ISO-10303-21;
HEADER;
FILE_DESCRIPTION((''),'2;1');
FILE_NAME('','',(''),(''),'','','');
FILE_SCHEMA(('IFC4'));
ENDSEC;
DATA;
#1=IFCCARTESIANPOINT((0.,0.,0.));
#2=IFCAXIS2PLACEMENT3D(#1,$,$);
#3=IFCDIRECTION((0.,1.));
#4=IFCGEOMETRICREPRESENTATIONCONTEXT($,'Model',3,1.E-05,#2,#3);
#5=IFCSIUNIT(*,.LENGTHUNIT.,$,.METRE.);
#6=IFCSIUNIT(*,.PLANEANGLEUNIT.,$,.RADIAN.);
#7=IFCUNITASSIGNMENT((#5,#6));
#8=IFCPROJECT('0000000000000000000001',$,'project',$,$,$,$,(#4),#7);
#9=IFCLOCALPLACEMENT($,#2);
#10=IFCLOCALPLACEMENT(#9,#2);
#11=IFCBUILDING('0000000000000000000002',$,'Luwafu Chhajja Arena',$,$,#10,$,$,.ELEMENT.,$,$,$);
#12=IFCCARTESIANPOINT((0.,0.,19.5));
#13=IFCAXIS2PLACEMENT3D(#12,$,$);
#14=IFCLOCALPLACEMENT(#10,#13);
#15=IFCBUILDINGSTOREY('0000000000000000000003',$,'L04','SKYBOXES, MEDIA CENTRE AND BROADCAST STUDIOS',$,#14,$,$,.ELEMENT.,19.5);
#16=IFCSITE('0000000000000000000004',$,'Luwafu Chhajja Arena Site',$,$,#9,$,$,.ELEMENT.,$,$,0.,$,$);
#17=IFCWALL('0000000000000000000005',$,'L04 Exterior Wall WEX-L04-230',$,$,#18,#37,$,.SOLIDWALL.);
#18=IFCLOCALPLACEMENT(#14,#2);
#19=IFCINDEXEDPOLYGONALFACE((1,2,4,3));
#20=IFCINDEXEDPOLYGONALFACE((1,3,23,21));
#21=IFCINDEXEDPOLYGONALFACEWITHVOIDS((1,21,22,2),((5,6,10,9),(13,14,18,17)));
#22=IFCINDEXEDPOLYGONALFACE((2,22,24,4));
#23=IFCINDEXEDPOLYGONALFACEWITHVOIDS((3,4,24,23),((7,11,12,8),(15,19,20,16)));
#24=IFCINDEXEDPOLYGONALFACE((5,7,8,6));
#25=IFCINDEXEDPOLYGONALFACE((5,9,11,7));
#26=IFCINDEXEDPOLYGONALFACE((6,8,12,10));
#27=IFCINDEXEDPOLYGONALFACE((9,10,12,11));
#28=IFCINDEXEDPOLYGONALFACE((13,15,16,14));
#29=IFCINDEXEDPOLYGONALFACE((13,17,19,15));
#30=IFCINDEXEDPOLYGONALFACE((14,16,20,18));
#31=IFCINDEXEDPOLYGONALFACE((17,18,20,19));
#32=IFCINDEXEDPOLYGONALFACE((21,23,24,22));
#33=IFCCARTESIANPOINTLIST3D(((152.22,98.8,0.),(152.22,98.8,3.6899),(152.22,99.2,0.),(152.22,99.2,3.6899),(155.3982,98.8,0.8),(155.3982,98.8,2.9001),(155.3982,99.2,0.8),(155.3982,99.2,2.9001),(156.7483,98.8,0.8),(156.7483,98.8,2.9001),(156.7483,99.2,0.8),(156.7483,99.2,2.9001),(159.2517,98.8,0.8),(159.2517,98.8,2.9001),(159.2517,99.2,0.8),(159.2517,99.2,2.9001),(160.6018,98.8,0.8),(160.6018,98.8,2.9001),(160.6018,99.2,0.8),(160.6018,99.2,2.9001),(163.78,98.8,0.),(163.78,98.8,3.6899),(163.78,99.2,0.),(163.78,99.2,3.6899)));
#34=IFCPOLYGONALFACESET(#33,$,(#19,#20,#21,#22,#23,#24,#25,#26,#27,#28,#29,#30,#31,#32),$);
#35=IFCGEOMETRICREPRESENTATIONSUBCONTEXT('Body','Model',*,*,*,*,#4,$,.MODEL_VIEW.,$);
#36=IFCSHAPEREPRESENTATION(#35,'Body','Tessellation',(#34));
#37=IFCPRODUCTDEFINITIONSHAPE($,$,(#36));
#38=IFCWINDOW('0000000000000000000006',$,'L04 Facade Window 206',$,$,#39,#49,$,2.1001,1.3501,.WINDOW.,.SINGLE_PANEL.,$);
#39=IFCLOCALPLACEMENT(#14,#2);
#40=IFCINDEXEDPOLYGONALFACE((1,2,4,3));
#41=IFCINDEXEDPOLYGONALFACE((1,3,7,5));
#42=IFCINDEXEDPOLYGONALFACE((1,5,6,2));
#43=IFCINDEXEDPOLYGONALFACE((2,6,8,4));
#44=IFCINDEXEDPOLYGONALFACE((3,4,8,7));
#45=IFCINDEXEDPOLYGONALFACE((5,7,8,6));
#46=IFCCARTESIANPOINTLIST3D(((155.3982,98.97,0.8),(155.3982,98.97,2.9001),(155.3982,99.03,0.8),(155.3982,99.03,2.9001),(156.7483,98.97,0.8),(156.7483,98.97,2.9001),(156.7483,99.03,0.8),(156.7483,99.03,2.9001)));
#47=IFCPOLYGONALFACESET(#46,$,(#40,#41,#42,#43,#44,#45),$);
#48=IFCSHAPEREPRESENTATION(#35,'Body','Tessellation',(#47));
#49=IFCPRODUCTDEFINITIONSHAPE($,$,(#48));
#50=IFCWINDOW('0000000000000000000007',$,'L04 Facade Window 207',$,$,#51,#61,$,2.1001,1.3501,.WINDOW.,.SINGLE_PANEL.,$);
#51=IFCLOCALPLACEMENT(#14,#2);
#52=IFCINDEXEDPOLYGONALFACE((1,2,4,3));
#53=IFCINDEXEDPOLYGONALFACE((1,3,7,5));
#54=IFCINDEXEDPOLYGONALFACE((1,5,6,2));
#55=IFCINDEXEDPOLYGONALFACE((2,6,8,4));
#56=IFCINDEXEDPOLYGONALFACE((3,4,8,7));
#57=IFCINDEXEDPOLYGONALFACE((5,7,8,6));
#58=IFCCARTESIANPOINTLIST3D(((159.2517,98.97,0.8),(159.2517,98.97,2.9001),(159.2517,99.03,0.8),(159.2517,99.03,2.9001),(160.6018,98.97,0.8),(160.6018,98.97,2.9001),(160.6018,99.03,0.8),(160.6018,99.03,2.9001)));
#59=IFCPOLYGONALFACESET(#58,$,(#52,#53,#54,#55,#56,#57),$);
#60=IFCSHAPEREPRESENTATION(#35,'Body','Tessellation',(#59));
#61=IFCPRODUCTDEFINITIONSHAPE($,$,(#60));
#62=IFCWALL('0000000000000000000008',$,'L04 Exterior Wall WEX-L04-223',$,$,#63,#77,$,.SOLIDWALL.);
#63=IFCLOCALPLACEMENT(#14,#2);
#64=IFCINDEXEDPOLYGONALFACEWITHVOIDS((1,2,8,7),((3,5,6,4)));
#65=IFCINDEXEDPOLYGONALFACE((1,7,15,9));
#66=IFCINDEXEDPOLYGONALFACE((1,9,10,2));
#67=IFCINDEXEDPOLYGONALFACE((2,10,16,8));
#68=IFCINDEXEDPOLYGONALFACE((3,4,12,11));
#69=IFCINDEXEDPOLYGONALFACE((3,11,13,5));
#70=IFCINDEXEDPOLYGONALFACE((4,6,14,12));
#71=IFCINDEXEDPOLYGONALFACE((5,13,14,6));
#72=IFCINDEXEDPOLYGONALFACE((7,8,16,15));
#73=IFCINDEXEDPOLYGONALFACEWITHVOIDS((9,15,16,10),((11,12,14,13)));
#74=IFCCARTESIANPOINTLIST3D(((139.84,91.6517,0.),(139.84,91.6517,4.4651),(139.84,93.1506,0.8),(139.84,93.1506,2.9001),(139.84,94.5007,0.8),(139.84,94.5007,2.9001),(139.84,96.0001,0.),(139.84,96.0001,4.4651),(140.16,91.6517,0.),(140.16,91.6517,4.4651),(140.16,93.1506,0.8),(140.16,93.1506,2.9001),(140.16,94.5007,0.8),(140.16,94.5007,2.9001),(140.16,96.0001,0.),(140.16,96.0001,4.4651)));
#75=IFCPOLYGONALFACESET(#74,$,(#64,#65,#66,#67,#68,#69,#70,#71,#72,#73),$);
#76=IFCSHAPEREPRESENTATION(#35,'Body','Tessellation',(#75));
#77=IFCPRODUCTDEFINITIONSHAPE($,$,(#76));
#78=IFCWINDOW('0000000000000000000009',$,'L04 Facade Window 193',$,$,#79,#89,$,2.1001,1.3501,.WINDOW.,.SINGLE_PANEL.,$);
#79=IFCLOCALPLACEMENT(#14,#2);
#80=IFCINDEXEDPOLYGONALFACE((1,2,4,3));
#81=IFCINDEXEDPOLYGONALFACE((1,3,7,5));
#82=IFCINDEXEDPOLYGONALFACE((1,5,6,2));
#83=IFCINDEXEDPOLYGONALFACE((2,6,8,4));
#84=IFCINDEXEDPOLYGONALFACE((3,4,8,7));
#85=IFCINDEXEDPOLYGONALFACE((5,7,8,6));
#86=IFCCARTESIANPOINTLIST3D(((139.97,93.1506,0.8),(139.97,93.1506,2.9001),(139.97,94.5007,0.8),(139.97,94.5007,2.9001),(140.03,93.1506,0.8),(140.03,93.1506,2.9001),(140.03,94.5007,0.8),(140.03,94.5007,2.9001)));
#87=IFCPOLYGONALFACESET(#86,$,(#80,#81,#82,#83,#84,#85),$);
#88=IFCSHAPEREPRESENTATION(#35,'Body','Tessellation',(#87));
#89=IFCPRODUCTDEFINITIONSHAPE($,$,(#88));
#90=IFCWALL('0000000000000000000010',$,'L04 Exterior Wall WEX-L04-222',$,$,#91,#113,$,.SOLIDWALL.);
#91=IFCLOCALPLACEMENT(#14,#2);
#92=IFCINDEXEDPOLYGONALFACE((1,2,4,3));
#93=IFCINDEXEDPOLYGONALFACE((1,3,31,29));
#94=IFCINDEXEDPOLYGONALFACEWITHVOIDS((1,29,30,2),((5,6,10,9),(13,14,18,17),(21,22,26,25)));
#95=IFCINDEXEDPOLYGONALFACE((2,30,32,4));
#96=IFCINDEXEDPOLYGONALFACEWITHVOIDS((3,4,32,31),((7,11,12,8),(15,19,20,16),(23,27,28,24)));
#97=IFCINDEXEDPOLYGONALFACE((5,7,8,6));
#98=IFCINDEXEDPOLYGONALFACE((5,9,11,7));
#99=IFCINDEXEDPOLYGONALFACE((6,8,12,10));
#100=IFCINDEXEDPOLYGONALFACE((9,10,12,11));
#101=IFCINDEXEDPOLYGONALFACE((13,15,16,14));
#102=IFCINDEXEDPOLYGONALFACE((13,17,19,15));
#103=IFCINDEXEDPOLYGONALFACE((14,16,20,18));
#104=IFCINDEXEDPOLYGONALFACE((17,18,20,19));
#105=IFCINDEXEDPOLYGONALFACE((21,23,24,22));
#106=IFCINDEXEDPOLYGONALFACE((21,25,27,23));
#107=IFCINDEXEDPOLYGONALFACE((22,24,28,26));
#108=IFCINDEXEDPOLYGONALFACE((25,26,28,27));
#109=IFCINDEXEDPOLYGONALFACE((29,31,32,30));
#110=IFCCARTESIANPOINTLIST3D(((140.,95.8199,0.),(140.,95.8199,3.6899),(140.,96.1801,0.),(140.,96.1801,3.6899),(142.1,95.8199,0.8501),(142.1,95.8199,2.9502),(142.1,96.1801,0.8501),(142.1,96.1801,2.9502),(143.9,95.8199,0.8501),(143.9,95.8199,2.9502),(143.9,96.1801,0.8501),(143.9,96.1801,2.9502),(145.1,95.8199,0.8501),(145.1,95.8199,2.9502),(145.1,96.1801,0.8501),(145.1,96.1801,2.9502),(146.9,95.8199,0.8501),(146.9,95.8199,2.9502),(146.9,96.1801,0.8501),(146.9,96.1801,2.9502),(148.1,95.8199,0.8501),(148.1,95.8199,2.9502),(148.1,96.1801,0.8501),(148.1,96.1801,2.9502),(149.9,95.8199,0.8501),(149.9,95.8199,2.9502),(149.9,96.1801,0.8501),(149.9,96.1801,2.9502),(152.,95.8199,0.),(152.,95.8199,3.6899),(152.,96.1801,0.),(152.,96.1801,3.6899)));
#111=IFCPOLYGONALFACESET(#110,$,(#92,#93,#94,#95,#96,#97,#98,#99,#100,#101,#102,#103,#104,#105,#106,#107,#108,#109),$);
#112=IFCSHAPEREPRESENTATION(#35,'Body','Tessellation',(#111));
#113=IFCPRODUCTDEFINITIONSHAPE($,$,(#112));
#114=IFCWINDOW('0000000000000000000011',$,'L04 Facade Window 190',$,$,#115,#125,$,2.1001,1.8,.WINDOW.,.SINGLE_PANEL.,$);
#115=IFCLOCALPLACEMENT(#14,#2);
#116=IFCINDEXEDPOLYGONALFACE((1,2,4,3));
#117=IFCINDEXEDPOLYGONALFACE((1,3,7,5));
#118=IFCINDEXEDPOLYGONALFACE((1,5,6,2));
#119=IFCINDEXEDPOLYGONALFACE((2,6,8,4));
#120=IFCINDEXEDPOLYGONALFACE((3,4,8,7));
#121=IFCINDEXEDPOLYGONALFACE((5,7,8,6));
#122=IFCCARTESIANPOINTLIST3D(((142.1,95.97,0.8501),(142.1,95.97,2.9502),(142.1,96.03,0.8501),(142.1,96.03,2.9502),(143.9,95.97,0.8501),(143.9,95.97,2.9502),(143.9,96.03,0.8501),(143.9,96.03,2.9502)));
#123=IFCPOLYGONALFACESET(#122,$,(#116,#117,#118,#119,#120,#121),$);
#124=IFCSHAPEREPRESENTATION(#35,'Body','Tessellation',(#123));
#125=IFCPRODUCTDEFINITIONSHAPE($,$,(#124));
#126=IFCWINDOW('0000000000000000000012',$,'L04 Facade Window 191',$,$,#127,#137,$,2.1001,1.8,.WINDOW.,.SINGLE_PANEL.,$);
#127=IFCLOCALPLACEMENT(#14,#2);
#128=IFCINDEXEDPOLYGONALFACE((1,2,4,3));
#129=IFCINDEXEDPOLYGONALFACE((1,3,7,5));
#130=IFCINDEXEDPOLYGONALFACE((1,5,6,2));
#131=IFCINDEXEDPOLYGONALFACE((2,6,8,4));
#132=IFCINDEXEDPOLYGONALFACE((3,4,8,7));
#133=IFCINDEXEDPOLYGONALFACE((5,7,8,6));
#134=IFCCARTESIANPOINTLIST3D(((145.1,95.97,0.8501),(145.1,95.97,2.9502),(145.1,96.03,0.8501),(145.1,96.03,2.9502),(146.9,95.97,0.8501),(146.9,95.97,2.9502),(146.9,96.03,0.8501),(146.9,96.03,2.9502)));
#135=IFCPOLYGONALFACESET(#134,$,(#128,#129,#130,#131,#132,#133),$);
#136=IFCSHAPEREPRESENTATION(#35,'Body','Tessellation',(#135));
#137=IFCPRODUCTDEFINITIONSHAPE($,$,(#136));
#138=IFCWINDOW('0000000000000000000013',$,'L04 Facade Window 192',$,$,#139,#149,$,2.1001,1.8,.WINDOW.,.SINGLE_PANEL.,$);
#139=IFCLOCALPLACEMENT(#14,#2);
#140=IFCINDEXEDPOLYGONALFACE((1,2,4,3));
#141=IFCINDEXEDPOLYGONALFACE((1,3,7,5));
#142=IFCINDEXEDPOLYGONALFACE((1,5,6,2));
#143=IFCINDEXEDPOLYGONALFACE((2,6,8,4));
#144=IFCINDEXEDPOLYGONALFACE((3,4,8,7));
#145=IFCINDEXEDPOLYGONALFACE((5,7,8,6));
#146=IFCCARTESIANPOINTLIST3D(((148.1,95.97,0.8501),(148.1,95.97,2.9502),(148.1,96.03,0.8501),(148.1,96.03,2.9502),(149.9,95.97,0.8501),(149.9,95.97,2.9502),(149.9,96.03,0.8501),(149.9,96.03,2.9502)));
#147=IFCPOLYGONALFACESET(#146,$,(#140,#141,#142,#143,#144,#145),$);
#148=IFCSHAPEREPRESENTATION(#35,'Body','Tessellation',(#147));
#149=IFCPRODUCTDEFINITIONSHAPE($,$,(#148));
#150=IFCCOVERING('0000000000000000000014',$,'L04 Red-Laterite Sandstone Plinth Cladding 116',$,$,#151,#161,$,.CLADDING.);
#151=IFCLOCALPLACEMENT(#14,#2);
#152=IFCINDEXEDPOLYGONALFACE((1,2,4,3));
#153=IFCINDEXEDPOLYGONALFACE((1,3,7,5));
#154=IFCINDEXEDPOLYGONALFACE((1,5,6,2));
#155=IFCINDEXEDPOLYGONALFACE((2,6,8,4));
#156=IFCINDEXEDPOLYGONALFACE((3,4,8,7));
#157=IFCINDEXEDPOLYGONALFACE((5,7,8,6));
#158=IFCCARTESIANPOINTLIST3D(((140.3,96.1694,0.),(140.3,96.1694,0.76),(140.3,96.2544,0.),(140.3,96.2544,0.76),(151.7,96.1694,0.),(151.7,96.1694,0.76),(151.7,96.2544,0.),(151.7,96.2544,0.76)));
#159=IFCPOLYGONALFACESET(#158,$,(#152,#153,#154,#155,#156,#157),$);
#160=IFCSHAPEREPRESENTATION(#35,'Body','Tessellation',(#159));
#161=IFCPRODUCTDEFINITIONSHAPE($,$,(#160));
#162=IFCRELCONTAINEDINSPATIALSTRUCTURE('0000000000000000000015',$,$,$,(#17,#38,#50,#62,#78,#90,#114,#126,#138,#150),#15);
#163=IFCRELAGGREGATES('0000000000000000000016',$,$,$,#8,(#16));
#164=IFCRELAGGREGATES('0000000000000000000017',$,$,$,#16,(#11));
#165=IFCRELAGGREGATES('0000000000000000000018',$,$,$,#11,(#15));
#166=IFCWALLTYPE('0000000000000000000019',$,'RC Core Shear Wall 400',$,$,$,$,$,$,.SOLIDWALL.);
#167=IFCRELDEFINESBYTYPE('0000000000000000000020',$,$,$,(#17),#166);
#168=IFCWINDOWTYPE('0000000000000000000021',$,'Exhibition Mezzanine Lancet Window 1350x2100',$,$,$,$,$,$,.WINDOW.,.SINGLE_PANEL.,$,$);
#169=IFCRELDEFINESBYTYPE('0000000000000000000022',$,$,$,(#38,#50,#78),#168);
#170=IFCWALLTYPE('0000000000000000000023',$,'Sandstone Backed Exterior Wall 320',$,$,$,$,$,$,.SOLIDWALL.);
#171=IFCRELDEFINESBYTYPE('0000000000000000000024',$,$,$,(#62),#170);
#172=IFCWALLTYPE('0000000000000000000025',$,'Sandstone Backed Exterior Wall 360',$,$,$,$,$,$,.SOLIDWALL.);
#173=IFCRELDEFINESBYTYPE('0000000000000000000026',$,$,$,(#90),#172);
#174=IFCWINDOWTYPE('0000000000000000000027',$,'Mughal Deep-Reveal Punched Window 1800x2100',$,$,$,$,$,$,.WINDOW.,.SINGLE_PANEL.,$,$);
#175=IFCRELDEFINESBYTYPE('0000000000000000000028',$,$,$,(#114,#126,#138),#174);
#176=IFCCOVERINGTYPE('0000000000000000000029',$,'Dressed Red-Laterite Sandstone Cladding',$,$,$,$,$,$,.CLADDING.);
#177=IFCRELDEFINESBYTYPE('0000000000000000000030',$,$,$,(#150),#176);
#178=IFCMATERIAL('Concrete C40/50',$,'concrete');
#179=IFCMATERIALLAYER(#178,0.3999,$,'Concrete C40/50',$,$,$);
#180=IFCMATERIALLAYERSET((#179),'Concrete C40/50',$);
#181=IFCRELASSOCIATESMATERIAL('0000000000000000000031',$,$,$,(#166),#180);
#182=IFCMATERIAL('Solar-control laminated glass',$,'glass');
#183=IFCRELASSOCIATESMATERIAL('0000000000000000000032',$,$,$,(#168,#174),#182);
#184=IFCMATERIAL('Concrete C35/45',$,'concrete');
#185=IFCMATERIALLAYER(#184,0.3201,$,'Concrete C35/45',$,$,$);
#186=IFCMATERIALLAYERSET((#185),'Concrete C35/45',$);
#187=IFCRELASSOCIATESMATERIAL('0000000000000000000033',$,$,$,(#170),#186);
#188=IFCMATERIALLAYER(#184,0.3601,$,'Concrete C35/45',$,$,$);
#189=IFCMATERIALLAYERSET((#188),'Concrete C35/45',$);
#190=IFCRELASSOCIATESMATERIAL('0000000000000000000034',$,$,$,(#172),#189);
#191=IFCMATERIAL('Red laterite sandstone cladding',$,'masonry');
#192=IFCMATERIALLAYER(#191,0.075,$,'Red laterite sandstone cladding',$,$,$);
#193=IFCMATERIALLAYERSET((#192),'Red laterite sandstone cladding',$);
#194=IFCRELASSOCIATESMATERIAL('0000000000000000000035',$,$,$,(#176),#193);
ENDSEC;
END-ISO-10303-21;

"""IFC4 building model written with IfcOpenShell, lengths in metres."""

from ifc_helpers import new_model, si_unit, direction, frame, frame_2d, origin, origin_2d, place, context, subcontext, project, spatial, rectangle, extrude, material, layer, layer_set, type_object, element, fill, save


model = new_model("IFC4")

# Units and contexts
model_context = context("Model", 3, precision=1e-05, world=origin(), true_north=direction((0.0, 1.0)))
body_context = subcontext(model_context, "Body", "Model", "MODEL_VIEW")
ifc_project = project(units=[si_unit("LENGTHUNIT", "METRE"), si_unit("PLANEANGLEUNIT", "RADIAN")], contexts=[model_context])

# Site, building, storey
site_placement = place(None, origin())
site = spatial("IfcSite", under=ifc_project, at=site_placement, Name="Luwafu Chhajja Arena Site", CompositionType="ELEMENT", RefElevation=0.0)
building_placement = place(site_placement, origin())
building = spatial("IfcBuilding", under=site, at=building_placement, Name="Luwafu Chhajja Arena", CompositionType="ELEMENT")
storey_placement = place(building_placement, frame((0.0, 0.0, 19.5)))
storey = spatial("IfcBuildingStorey", under=building, at=storey_placement, Name="L04", Description="SKYBOXES, MEDIA CENTRE AND BROADCAST STUDIOS", CompositionType="ELEMENT", Elevation=19.5)

# Shared definitions
ifc_material_1 = material(Name="Concrete C35/45", Category="concrete")

# Shared definitions
ifc_material_2 = material(Name="Concrete C40/50", Category="concrete")

# Wall, openings, windows
ifc_layer_1 = layer(ifc_material_2, 0.3999, Name="Concrete C40/50")
ifc_layer_set_1 = layer_set([ifc_layer_1], Name="Concrete C40/50")
wall_type_1 = type_object("IfcWallType", Name="RC Core Shear Wall 400", PredefinedType="SOLIDWALL", material=ifc_layer_set_1)
wall_1_placement = place(storey_placement, frame((152.22, 99.0, 0.0), z_axis=(0.0, 0.0, 1.0), x_axis=(1.0, 0.0, 0.0)))
wall_1 = element("IfcWall", 1, at=wall_1_placement, inside=storey, type_object=wall_type_1, Name="L04 Exterior Wall WEX-L04-230", PredefinedType="SOLIDWALL", context=body_context, shape_type="SweptSolid", body=[
    extrude(rectangle(XDim=11.5601, YDim=0.3999, at=frame_2d((5.78, 0.0))), origin(), (0.0, 0.0, 1.0), 3.6899),
])
opening_1_placement = place(wall_1_placement, frame((3.1782, 0.0, 0.8)))
opening_1 = element("IfcOpeningElement", 2, at=opening_1_placement, cuts=wall_1, PredefinedType="OPENING", context=body_context, shape_type="SweptSolid", body=[
    extrude(rectangle(XDim=1.3501, YDim=2.1001, at=frame_2d((0.675, 1.05))), frame((0.0, 0.21, 0.0), z_axis=(0.0, -1.0, 0.0), x_axis=(1.0, 0.0, 0.0)), (0.0, 0.0, 1.0), 0.4199),
])
opening_2_placement = place(wall_1_placement, frame((7.0317, 0.0, 0.8)))
opening_2 = element("IfcOpeningElement", 3, at=opening_2_placement, cuts=wall_1, PredefinedType="OPENING", context=body_context, shape_type="SweptSolid", body=[
    extrude(rectangle(XDim=1.3501, YDim=2.1001, at=frame_2d((0.675, 1.05))), frame((0.0, 0.21, 0.0), z_axis=(0.0, -1.0, 0.0), x_axis=(1.0, 0.0, 0.0)), (0.0, 0.0, 1.0), 0.4199),
])
ifc_material_3 = material(Name="Solar-control laminated glass", Category="glass")
window_type_1 = type_object("IfcWindowType", Name="Exhibition Mezzanine Lancet Window 1350x2100", PartitioningType="SINGLE_PANEL", PredefinedType="WINDOW", material=ifc_material_3)
window_1_placement = place(opening_1_placement, origin())
window_1 = element("IfcWindow", 4, at=window_1_placement, inside=storey, type_object=window_type_1, Name="L04 Facade Window 206", OverallHeight=2.1001, OverallWidth=1.3501, PartitioningType="SINGLE_PANEL", PredefinedType="WINDOW", context=body_context, shape_type="SweptSolid", body=[
    extrude(rectangle(XDim=1.3501, YDim=2.1001, at=frame_2d((0.675, 1.05))), frame((0.0, 0.03, 0.0), z_axis=(0.0, -1.0, 0.0), x_axis=(1.0, 0.0, 0.0)), (0.0, 0.0, 1.0), 0.0601),
])
fill(opening_1, window_1)
window_2_placement = place(opening_2_placement, origin())
window_2 = element("IfcWindow", 5, at=window_2_placement, inside=storey, type_object=window_type_1, Name="L04 Facade Window 207", OverallHeight=2.1001, OverallWidth=1.3501, PartitioningType="SINGLE_PANEL", PredefinedType="WINDOW", context=body_context, shape_type="SweptSolid", body=[
    extrude(rectangle(XDim=1.3501, YDim=2.1001, at=frame_2d((0.675, 1.05))), frame((0.0, 0.03, 0.0), z_axis=(0.0, -1.0, 0.0), x_axis=(1.0, 0.0, 0.0)), (0.0, 0.0, 1.0), 0.0601),
])
fill(opening_2, window_2)

# Wall, opening, window
ifc_layer_2 = layer(ifc_material_1, 0.3201, Name="Concrete C35/45")
ifc_layer_set_2 = layer_set([ifc_layer_2], Name="Concrete C35/45")
wall_type_2 = type_object("IfcWallType", Name="Sandstone Backed Exterior Wall 320", PredefinedType="SOLIDWALL", material=ifc_layer_set_2)
wall_2_placement = place(storey_placement, frame((140.0, 91.6516, 0.0), z_axis=(0.0, 0.0, 1.0), x_axis=(0.0, 1.0, 0.0)))
wall_2 = element("IfcWall", 6, at=wall_2_placement, inside=storey, type_object=wall_type_2, Name="L04 Exterior Wall WEX-L04-223", PredefinedType="SOLIDWALL", context=body_context, shape_type="SweptSolid", body=[
    extrude(rectangle(XDim=4.3484, YDim=0.3201, at=frame_2d((2.1743, 0.0))), origin(), (0.0, 0.0, 1.0), 4.4651),
])
opening_3_placement = place(wall_2_placement, frame((1.499, 0.0, 0.8)))
opening_3 = element("IfcOpeningElement", 7, at=opening_3_placement, cuts=wall_2, PredefinedType="OPENING", context=body_context, shape_type="SweptSolid", body=[
    extrude(rectangle(XDim=1.3501, YDim=2.1001, at=frame_2d((0.675, 1.05))), frame((0.0, 0.1699, 0.0), z_axis=(0.0, -1.0, 0.0), x_axis=(1.0, 0.0, 0.0)), (0.0, 0.0, 1.0), 0.3401),
])
window_3_placement = place(opening_3_placement, origin())
window_3 = element("IfcWindow", 8, at=window_3_placement, inside=storey, type_object=window_type_1, Name="L04 Facade Window 193", OverallHeight=2.1001, OverallWidth=1.3501, PartitioningType="SINGLE_PANEL", PredefinedType="WINDOW", context=body_context, shape_type="SweptSolid", body=[
    extrude(rectangle(XDim=1.3501, YDim=2.1001, at=frame_2d((0.675, 1.05))), frame((0.0, 0.03, 0.0), z_axis=(0.0, -1.0, 0.0), x_axis=(1.0, 0.0, 0.0)), (0.0, 0.0, 1.0), 0.0601),
])
fill(opening_3, window_3)

# Wall, openings, windows
ifc_layer_3 = layer(ifc_material_1, 0.3601, Name="Concrete C35/45")
ifc_layer_set_3 = layer_set([ifc_layer_3], Name="Concrete C35/45")
wall_type_3 = type_object("IfcWallType", Name="Sandstone Backed Exterior Wall 360", PredefinedType="SOLIDWALL", material=ifc_layer_set_3)
wall_3_placement = place(storey_placement, frame((140.0, 96.0, 0.0), z_axis=(0.0, 0.0, 1.0), x_axis=(1.0, 0.0, 0.0)))
wall_3 = element("IfcWall", 9, at=wall_3_placement, inside=storey, type_object=wall_type_3, Name="L04 Exterior Wall WEX-L04-222", PredefinedType="SOLIDWALL", context=body_context, shape_type="SweptSolid", body=[
    extrude(rectangle(XDim=12.0, YDim=0.3601, at=frame_2d((6.0, 0.0))), origin(), (0.0, 0.0, 1.0), 3.6899),
])
opening_4_placement = place(wall_3_placement, frame((2.1001, 0.0, 0.8501)))
opening_4 = element("IfcOpeningElement", 10, at=opening_4_placement, cuts=wall_3, PredefinedType="OPENING", context=body_context, shape_type="SweptSolid", body=[
    extrude(rectangle(XDim=1.8, YDim=2.1001, at=frame_2d((0.8999, 1.05))), frame((0.0, 0.1899, 0.0), z_axis=(0.0, -1.0, 0.0), x_axis=(1.0, 0.0, 0.0)), (0.0, 0.0, 1.0), 0.3801),
])
opening_5_placement = place(wall_3_placement, frame((5.1001, 0.0, 0.8501)))
opening_5 = element("IfcOpeningElement", 11, at=opening_5_placement, cuts=wall_3, PredefinedType="OPENING", context=body_context, shape_type="SweptSolid", body=[
    extrude(rectangle(XDim=1.8, YDim=2.1001, at=frame_2d((0.8999, 1.05))), frame((0.0, 0.1899, 0.0), z_axis=(0.0, -1.0, 0.0), x_axis=(1.0, 0.0, 0.0)), (0.0, 0.0, 1.0), 0.3801),
])
opening_6_placement = place(wall_3_placement, frame((8.1001, 0.0, 0.8501)))
opening_6 = element("IfcOpeningElement", 12, at=opening_6_placement, cuts=wall_3, PredefinedType="OPENING", context=body_context, shape_type="SweptSolid", body=[
    extrude(rectangle(XDim=1.8, YDim=2.1001, at=frame_2d((0.8999, 1.05))), frame((0.0, 0.1899, 0.0), z_axis=(0.0, -1.0, 0.0), x_axis=(1.0, 0.0, 0.0)), (0.0, 0.0, 1.0), 0.3801),
])
window_type_2 = type_object("IfcWindowType", Name="Mughal Deep-Reveal Punched Window 1800x2100", PartitioningType="SINGLE_PANEL", PredefinedType="WINDOW", material=ifc_material_3)
window_4_placement = place(opening_4_placement, origin())
window_4 = element("IfcWindow", 13, at=window_4_placement, inside=storey, type_object=window_type_2, Name="L04 Facade Window 190", OverallHeight=2.1001, OverallWidth=1.8, PartitioningType="SINGLE_PANEL", PredefinedType="WINDOW", context=body_context, shape_type="SweptSolid", body=[
    extrude(rectangle(XDim=1.8, YDim=2.1001, at=frame_2d((0.8999, 1.05))), frame((0.0, 0.03, 0.0), z_axis=(0.0, -1.0, 0.0), x_axis=(1.0, 0.0, 0.0)), (0.0, 0.0, 1.0), 0.0601),
])
fill(opening_4, window_4)
window_5_placement = place(opening_5_placement, origin())
window_5 = element("IfcWindow", 14, at=window_5_placement, inside=storey, type_object=window_type_2, Name="L04 Facade Window 191", OverallHeight=2.1001, OverallWidth=1.8, PartitioningType="SINGLE_PANEL", PredefinedType="WINDOW", context=body_context, shape_type="SweptSolid", body=[
    extrude(rectangle(XDim=1.8, YDim=2.1001, at=frame_2d((0.8999, 1.05))), frame((0.0, 0.03, 0.0), z_axis=(0.0, -1.0, 0.0), x_axis=(1.0, 0.0, 0.0)), (0.0, 0.0, 1.0), 0.0601),
])
fill(opening_5, window_5)
window_6_placement = place(opening_6_placement, origin())
window_6 = element("IfcWindow", 15, at=window_6_placement, inside=storey, type_object=window_type_2, Name="L04 Facade Window 192", OverallHeight=2.1001, OverallWidth=1.8, PartitioningType="SINGLE_PANEL", PredefinedType="WINDOW", context=body_context, shape_type="SweptSolid", body=[
    extrude(rectangle(XDim=1.8, YDim=2.1001, at=frame_2d((0.8999, 1.05))), frame((0.0, 0.03, 0.0), z_axis=(0.0, -1.0, 0.0), x_axis=(1.0, 0.0, 0.0)), (0.0, 0.0, 1.0), 0.0601),
])
fill(opening_6, window_6)

# Covering
ifc_material_4 = material(Name="Red laterite sandstone cladding", Category="masonry")
ifc_layer_4 = layer(ifc_material_4, 0.075, Name="Red laterite sandstone cladding")
ifc_layer_set_4 = layer_set([ifc_layer_4], Name="Red laterite sandstone cladding")
covering_type = type_object("IfcCoveringType", Name="Dressed Red-Laterite Sandstone Cladding", PredefinedType="CLADDING", material=ifc_layer_set_4)
covering_1_placement = place(storey_placement, frame((146.0, 96.2119, 0.0), z_axis=(0.0, 0.0, 1.0), x_axis=(1.0, 0.0, 0.0)))
element("IfcCovering", 16, at=covering_1_placement, inside=storey, type_object=covering_type, Name="L04 Red-Laterite Sandstone Plinth Cladding 116", PredefinedType="CLADDING", context=body_context, shape_type="SweptSolid", body=[
    extrude(rectangle(XDim=11.3999, YDim=0.085, at=origin_2d()), origin(), (0.0, 0.0, 1.0), 0.76),
])

save(model, "model.ifc")
